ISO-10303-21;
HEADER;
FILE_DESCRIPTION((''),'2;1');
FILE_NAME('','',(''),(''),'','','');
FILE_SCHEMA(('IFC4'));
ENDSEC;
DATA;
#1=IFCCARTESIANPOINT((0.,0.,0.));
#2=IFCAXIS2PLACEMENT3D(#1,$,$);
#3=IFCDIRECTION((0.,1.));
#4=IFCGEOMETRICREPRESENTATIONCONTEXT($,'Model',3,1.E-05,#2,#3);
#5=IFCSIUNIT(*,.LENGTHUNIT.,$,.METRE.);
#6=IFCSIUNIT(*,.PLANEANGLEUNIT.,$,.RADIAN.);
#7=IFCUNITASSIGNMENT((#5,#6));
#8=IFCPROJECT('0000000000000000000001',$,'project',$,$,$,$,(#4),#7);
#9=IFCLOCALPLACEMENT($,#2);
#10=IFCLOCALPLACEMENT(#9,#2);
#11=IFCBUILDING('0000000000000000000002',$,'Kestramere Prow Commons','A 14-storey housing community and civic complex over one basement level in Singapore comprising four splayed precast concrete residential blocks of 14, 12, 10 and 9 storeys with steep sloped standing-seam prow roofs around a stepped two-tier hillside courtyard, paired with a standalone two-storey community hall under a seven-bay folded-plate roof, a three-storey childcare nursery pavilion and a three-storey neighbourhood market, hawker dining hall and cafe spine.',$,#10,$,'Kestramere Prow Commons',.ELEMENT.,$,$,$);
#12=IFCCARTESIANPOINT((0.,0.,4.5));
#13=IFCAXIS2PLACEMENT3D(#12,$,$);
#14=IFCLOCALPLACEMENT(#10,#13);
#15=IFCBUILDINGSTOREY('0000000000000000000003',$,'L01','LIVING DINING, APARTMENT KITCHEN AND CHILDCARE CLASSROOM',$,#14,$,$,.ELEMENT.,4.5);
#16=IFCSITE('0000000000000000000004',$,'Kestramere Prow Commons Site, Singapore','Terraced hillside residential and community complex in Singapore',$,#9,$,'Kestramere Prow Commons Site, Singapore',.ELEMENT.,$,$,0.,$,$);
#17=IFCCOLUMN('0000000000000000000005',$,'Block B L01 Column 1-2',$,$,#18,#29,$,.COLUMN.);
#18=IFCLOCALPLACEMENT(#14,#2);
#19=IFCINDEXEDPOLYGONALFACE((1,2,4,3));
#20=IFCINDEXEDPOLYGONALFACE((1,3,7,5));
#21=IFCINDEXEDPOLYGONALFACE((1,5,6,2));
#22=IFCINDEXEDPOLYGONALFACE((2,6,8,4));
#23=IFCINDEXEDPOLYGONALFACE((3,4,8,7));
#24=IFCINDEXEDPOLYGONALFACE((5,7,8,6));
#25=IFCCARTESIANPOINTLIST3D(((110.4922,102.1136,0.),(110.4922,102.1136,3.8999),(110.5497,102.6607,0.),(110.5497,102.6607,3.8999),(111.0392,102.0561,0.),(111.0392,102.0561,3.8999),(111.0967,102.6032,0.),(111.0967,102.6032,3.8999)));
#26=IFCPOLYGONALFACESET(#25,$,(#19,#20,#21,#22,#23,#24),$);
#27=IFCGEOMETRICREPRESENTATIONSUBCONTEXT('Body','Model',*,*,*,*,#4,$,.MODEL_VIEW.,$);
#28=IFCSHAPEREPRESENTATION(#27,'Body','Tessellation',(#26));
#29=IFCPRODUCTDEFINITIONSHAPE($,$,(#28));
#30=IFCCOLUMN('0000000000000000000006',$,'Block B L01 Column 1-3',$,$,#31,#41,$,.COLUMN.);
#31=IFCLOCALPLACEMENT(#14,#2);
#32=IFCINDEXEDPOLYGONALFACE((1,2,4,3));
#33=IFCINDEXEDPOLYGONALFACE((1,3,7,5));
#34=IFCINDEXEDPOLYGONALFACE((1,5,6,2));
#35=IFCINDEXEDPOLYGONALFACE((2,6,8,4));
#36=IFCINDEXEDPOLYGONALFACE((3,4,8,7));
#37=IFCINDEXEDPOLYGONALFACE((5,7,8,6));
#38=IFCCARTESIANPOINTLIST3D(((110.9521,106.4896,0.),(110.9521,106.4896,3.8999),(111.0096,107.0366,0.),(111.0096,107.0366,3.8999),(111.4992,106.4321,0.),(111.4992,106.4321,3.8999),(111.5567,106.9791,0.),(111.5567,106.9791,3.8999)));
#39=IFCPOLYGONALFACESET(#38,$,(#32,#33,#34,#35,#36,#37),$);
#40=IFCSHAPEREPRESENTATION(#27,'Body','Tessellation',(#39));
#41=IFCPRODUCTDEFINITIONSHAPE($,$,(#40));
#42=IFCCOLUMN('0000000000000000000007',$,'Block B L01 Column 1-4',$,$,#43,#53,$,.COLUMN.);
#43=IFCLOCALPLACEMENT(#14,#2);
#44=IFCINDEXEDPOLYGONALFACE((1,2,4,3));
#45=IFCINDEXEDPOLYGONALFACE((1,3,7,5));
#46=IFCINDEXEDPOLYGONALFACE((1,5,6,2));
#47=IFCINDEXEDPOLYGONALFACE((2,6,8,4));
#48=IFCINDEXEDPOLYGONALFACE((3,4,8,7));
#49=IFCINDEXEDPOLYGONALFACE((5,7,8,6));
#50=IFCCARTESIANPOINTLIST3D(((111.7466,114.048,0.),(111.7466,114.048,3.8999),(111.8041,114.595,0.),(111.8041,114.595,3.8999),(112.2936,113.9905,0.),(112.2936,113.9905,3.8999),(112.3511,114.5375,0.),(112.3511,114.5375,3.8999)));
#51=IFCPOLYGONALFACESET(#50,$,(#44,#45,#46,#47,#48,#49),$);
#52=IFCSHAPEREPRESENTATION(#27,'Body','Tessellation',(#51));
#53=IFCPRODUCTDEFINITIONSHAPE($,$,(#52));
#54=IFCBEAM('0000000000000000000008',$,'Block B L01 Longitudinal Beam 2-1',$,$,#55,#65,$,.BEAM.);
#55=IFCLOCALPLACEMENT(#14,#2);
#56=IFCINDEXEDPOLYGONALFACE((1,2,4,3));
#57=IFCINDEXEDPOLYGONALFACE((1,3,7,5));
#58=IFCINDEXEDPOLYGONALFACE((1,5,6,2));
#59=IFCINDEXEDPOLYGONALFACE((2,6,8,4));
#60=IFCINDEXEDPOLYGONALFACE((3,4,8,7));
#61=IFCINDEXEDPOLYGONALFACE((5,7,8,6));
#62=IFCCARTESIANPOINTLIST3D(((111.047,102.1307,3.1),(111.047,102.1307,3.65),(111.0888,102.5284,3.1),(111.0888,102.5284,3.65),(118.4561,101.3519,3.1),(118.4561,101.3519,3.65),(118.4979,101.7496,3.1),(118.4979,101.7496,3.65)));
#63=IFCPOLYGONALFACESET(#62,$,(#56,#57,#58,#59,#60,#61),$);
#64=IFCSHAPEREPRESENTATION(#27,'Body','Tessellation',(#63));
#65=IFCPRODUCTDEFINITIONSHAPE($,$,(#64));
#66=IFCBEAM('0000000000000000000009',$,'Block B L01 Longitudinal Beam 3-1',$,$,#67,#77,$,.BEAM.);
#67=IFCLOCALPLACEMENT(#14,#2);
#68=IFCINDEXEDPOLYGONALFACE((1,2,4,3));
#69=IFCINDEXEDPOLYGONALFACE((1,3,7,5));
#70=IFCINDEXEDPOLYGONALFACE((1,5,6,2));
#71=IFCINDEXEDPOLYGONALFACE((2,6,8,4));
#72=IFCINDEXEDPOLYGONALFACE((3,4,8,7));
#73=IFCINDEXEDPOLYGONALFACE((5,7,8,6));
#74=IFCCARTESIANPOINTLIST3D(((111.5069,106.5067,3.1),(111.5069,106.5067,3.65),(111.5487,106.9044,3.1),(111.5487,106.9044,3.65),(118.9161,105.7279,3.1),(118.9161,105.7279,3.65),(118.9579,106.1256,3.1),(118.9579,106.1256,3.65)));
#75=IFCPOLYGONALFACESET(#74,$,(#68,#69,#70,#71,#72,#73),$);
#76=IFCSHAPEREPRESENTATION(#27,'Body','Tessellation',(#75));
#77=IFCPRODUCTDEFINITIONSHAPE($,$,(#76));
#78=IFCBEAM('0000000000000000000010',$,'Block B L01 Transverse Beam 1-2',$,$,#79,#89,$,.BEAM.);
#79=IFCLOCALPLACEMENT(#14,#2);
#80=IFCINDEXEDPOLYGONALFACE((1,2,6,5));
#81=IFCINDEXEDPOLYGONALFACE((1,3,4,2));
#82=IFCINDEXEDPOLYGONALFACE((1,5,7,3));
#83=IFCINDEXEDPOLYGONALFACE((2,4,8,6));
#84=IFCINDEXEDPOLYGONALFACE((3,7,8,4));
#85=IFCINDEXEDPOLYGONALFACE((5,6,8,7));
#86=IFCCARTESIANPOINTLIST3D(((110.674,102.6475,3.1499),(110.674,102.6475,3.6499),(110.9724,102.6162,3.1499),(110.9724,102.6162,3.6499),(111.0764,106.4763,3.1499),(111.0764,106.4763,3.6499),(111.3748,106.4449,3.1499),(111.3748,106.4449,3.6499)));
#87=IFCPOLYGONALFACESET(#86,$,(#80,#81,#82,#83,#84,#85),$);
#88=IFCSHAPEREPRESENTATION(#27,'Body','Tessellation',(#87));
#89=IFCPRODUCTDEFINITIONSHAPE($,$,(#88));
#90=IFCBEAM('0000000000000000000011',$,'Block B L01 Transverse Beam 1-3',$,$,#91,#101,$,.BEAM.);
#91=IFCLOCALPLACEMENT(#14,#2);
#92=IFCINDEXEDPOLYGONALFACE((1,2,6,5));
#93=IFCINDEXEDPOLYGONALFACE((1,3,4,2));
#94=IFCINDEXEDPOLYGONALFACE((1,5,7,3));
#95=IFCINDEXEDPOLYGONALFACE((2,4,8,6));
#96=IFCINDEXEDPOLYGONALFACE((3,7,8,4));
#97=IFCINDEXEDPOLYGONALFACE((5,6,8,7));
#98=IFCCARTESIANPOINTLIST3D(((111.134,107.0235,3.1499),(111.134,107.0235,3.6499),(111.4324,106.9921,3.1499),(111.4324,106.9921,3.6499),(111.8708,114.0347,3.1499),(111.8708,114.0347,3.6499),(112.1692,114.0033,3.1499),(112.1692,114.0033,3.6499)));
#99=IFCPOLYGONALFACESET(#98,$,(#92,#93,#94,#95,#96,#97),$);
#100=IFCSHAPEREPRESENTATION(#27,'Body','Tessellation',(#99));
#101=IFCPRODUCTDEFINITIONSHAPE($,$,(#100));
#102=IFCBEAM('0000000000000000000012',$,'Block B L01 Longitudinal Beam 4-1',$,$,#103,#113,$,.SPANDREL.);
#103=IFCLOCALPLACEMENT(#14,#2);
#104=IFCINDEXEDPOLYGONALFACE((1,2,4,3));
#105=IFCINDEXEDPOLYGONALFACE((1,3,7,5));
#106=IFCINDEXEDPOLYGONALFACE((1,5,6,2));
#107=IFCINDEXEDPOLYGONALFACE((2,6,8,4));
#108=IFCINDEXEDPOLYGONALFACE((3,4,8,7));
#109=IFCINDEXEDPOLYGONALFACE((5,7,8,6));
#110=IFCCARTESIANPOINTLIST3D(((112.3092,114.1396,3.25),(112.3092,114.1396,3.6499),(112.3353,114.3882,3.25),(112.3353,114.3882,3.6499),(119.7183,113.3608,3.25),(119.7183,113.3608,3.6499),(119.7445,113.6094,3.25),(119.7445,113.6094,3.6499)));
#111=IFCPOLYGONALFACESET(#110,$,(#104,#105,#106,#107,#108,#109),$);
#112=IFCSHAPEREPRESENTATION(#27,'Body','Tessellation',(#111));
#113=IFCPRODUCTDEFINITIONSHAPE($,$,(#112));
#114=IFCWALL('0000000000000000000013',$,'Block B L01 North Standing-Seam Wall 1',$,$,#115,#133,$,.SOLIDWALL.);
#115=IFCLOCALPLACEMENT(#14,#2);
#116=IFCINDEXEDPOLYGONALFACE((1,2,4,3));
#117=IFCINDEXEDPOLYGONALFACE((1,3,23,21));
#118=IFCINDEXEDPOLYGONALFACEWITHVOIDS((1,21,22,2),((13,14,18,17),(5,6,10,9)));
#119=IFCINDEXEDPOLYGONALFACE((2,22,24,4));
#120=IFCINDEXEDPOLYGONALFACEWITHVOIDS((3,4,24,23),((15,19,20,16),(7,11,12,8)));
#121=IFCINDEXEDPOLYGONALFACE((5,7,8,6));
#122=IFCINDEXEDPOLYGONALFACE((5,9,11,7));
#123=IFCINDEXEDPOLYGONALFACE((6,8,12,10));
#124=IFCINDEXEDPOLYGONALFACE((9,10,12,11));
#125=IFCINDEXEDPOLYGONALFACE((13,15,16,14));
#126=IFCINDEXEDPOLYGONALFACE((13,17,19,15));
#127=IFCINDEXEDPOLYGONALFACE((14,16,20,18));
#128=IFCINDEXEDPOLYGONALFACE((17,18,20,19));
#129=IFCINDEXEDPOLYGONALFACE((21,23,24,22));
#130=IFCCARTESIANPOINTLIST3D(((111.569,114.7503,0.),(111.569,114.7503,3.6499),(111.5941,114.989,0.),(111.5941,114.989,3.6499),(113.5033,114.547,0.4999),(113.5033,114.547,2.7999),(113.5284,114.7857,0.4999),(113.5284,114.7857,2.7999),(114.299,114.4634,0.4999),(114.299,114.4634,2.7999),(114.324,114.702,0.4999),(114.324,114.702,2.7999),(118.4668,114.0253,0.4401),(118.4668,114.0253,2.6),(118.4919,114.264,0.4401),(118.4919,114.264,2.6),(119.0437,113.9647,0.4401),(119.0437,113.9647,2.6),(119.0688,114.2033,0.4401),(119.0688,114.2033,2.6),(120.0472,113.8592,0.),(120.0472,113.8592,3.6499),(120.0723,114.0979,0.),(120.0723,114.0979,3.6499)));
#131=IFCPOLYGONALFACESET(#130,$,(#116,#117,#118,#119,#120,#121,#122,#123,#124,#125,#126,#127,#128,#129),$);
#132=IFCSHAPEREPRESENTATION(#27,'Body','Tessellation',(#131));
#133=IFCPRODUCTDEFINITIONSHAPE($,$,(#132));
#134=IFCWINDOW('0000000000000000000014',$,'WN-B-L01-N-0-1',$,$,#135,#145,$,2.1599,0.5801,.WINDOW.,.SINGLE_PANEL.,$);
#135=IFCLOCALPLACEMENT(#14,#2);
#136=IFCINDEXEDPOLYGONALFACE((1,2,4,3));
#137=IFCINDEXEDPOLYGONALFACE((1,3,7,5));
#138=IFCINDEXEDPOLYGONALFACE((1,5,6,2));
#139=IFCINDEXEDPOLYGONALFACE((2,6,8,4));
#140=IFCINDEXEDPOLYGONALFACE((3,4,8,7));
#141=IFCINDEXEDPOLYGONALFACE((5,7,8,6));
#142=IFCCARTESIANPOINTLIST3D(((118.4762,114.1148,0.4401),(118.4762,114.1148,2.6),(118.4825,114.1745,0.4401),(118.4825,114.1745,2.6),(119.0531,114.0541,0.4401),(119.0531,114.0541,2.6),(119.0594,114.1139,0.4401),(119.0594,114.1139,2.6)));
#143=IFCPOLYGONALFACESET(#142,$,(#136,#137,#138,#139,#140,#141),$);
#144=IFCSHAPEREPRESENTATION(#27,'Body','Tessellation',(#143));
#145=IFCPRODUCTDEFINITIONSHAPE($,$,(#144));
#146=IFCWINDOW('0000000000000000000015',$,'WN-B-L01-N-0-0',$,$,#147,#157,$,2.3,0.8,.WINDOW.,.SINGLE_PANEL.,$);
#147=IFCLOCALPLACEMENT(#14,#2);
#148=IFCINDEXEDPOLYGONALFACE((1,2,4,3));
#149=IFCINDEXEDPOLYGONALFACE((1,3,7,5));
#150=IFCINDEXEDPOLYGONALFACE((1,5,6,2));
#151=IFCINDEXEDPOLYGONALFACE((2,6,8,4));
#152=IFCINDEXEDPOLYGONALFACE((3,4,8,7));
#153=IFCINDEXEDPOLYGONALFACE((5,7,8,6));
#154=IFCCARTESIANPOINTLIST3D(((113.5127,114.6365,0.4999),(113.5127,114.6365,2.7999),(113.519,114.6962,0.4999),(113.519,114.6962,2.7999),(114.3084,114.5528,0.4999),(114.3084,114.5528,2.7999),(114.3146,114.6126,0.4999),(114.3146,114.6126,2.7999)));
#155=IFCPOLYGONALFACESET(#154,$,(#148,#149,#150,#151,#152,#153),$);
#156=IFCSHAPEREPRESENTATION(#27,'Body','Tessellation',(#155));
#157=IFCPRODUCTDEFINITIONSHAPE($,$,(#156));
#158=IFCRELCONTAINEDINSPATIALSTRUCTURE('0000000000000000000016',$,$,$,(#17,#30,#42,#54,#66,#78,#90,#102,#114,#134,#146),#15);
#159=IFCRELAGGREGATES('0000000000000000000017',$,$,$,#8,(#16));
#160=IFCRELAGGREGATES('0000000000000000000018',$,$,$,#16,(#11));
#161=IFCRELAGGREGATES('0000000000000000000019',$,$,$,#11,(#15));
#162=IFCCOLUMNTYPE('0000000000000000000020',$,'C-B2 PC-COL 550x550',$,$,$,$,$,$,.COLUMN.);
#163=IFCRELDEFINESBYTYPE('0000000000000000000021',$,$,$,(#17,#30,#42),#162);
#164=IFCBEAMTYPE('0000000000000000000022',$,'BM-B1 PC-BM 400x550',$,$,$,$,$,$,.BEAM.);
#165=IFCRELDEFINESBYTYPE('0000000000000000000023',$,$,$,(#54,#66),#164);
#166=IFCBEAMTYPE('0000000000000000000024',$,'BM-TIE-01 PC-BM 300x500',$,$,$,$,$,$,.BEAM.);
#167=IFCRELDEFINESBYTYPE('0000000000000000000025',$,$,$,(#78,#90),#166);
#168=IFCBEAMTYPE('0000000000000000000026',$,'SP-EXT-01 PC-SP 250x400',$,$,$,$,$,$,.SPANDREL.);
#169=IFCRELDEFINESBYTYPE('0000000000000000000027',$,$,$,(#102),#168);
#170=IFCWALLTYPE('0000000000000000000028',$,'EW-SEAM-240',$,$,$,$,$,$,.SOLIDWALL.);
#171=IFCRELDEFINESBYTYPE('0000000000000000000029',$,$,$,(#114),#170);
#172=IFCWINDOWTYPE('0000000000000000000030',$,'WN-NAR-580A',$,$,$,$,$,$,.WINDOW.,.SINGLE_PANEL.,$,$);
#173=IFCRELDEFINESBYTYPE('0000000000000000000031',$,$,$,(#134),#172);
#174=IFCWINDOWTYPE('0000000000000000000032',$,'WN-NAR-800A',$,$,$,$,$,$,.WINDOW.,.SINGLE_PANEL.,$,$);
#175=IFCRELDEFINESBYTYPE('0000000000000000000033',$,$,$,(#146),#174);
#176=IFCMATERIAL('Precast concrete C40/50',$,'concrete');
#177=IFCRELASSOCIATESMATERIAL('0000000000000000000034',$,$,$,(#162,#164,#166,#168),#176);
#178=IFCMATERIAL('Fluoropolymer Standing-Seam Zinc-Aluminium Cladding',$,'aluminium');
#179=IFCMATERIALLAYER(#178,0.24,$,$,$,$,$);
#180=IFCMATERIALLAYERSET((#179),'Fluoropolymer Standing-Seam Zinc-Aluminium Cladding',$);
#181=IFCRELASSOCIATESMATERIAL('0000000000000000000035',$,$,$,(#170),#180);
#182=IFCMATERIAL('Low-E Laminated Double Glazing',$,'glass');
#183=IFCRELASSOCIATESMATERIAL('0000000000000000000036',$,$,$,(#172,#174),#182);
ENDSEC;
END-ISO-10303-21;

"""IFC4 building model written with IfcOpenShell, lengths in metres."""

from ifc_helpers import new_model, si_unit, direction, frame, frame_2d, origin, origin_2d, place, context, subcontext, project, spatial, rectangle, extrude, material, layer, layer_set, material_profile, profile_set, type_object, element, fill, save


model = new_model("IFC4")

# Units and contexts
model_context = context("Model", 3, precision=1e-05, world=origin(), true_north=direction((0.0, 1.0)))
body_context = subcontext(model_context, "Body", "Model", "MODEL_VIEW")
ifc_project = project(units=[si_unit("LENGTHUNIT", "METRE"), si_unit("PLANEANGLEUNIT", "RADIAN")], contexts=[model_context])

# Site, building, storey
site_placement = place(None, origin())
site = spatial("IfcSite", under=ifc_project, at=site_placement, Name="Kestramere Prow Commons Site, Singapore", Description="Terraced hillside residential and community complex in Singapore", LongName="Kestramere Prow Commons Site, Singapore", CompositionType="ELEMENT", RefElevation=0.0)
building_placement = place(site_placement, origin())
building = spatial("IfcBuilding", under=site, at=building_placement, Name="Kestramere Prow Commons", Description="A 14-storey housing community and civic complex over one basement level in Singapore comprising four splayed precast concrete residential blocks of 14, 12, 10 and 9 storeys with steep sloped standing-seam prow roofs around a stepped two-tier hillside courtyard, paired with a standalone two-storey community hall under a seven-bay folded-plate roof, a three-storey childcare nursery pavilion and a three-storey neighbourhood market, hawker dining hall and cafe spine.", LongName="Kestramere Prow Commons", CompositionType="ELEMENT")
storey_placement = place(building_placement, frame((0.0, 0.0, 4.5)))
storey = spatial("IfcBuildingStorey", under=building, at=storey_placement, Name="L01", Description="LIVING DINING, APARTMENT KITCHEN AND CHILDCARE CLASSROOM", CompositionType="ELEMENT", Elevation=4.5)

# Columns
ifc_material_1 = material(Name="Precast concrete C40/50", Category="concrete")
ifc_material_profile_1 = material_profile(ifc_material_1, rectangle(XDim=0.55, YDim=0.55, at=origin_2d()), Name="PC-COL 550x550")
ifc_profile_set_1 = profile_set([ifc_material_profile_1], Name="Precast concrete C40/50")
column_type = type_object("IfcColumnType", Name="C-B2 PC-COL 550x550", PredefinedType="COLUMN", material=ifc_profile_set_1)
for number, where, z_axis, x_axis, name in (
    (1, (110.7944, 102.3584, 0.0), (0.0, 0.0, 1.0), (0.994522, -0.104528, 0.0), "Block B L01 Column 1-2"),
    (2, (111.2544, 106.7344, 0.0), (0.0, 0.0, 1.0), (0.994522, -0.104528, 0.0), "Block B L01 Column 1-3"),
    (3, (112.0488, 114.2927, 0.0), (0.0, 0.0, 1.0), (0.994522, -0.104528, 0.0), "Block B L01 Column 1-4"),
):
    element("IfcColumn", number, at=place(storey_placement, frame(where, z_axis=z_axis, x_axis=x_axis)), inside=storey, type_object=column_type, Name=name, PredefinedType="COLUMN", context=body_context, shape_type="SweptSolid", body=[
        extrude(rectangle(XDim=0.55, YDim=0.55, at=origin_2d()), origin(), (0.0, 0.0, 1.0), 3.8999),
    ])

# Beams
ifc_material_profile_2 = material_profile(ifc_material_1, rectangle(XDim=0.3999, YDim=0.55, at=origin_2d()), Name="PC-BM 400x550")
ifc_profile_set_2 = profile_set([ifc_material_profile_2], Name="Precast concrete C40/50")
beam_type_1 = type_object("IfcBeamType", Name="BM-B1 PC-BM 400x550", PredefinedType="BEAM", material=ifc_profile_set_2)
for number, where, z_axis, x_axis, name in (
    (4, (111.0679, 102.3296, 3.375), (0.994521, -0.104538, 0.0), (0.104538, 0.994521, 0.0), "Block B L01 Longitudinal Beam 2-1"),
    (5, (111.5278, 106.7056, 3.375), (0.994521, -0.104538, 0.0), (0.104538, 0.994521, 0.0), "Block B L01 Longitudinal Beam 3-1"),
):
    element("IfcBeam", number, at=place(storey_placement, frame(where, z_axis=z_axis, x_axis=x_axis)), inside=storey, type_object=beam_type_1, Name=name, PredefinedType="BEAM", context=body_context, shape_type="SweptSolid", body=[
        extrude(rectangle(XDim=0.3999, YDim=0.55, at=origin_2d()), origin(), (0.0, 0.0, 1.0), 7.45),
    ])
ifc_material_profile_3 = material_profile(ifc_material_1, rectangle(XDim=0.3, YDim=0.5, at=origin_2d()), Name="PC-BM 300x500")
ifc_profile_set_3 = profile_set([ifc_material_profile_3], Name="Precast concrete C40/50")
beam_type_2 = type_object("IfcBeamType", Name="BM-TIE-01 PC-BM 300x500", PredefinedType="BEAM", material=ifc_profile_set_3)
beam_1_placement = place(storey_placement, frame((110.8232, 102.6318, 3.3999), z_axis=(0.104507, 0.994524, 0.0), x_axis=(-0.994524, 0.104507, 0.0)))
element("IfcBeam", 6, at=beam_1_placement, inside=storey, type_object=beam_type_2, Name="Block B L01 Transverse Beam 1-2", PredefinedType="BEAM", context=body_context, shape_type="SweptSolid", body=[
    extrude(rectangle(XDim=0.3, YDim=0.5, at=origin_2d()), origin(), (0.0, 0.0, 1.0), 3.8499),
])
beam_2_placement = place(storey_placement, frame((111.2832, 107.0078, 3.3999), z_axis=(0.104515, 0.994523, 0.0), x_axis=(-0.994523, 0.104515, 0.0)))
element("IfcBeam", 7, at=beam_2_placement, inside=storey, type_object=beam_type_2, Name="Block B L01 Transverse Beam 1-3", PredefinedType="BEAM", context=body_context, shape_type="SweptSolid", body=[
    extrude(rectangle(XDim=0.3, YDim=0.5, at=origin_2d()), origin(), (0.0, 0.0, 1.0), 7.0498),
])
ifc_material_profile_4 = material_profile(ifc_material_1, rectangle(XDim=0.25, YDim=0.3999, at=origin_2d()), Name="PC-SP 250x400")
ifc_profile_set_4 = profile_set([ifc_material_profile_4], Name="Precast concrete C40/50")
beam_type_3 = type_object("IfcBeamType", Name="SP-EXT-01 PC-SP 250x400", PredefinedType="SPANDREL", material=ifc_profile_set_4)
beam_3_placement = place(storey_placement, frame((112.3223, 114.2639, 3.45), z_axis=(0.994521, -0.104538, 0.0), x_axis=(0.104538, 0.994521, 0.0)))
element("IfcBeam", 8, at=beam_3_placement, inside=storey, type_object=beam_type_3, Name="Block B L01 Longitudinal Beam 4-1", PredefinedType="SPANDREL", context=body_context, shape_type="SweptSolid", body=[
    extrude(rectangle(XDim=0.25, YDim=0.3999, at=origin_2d()), origin(), (0.0, 0.0, 1.0), 7.45),
])

# Wall, openings, windows
ifc_material_2 = material(Name="Fluoropolymer Standing-Seam Zinc-Aluminium Cladding", Category="aluminium")
ifc_layer_1 = layer(ifc_material_2, 0.24)
ifc_layer_set_1 = layer_set([ifc_layer_1], Name="Fluoropolymer Standing-Seam Zinc-Aluminium Cladding")
wall_type_1 = type_object("IfcWallType", Name="EW-SEAM-240", PredefinedType="SOLIDWALL", material=ifc_layer_set_1)
wall_1_placement = place(storey_placement, frame((111.5815, 114.8696, 0.0), z_axis=(0.0, 0.0, 1.0), x_axis=(0.994522, -0.10453, 0.0)))
wall_1 = element("IfcWall", 9, at=wall_1_placement, inside=storey, type_object=wall_type_1, Name="Block B L01 North Standing-Seam Wall 1", PredefinedType="SOLIDWALL", context=body_context, shape_type="SweptSolid", body=[
    extrude(rectangle(XDim=8.5249, YDim=0.24, at=frame_2d((4.2625, 0.0))), origin(), (0.0, 0.0, 1.0), 3.6499),
])
opening_1_placement = place(wall_1_placement, frame((1.9451, 0.0, 0.5)))
opening_1 = element("IfcOpeningElement", 10, at=opening_1_placement, cuts=wall_1, PredefinedType="OPENING", context=body_context, shape_type="SweptSolid", body=[
    extrude(rectangle(XDim=0.8, YDim=2.3, at=frame_2d((0.3999, 1.1499))), frame((0.0, 0.135, 0.0), z_axis=(0.0, -1.0, 0.0), x_axis=(1.0, 0.0, 0.0)), (0.0, 0.0, 1.0), 0.27),
])
opening_2_placement = place(wall_1_placement, frame((6.9358, 0.0, 0.4399)))
opening_2 = element("IfcOpeningElement", 11, at=opening_2_placement, cuts=wall_1, PredefinedType="OPENING", context=body_context, shape_type="SweptSolid", body=[
    extrude(rectangle(XDim=0.5801, YDim=2.1599, at=frame_2d((0.29, 1.0801))), frame((0.0, 0.135, 0.0), z_axis=(0.0, -1.0, 0.0), x_axis=(1.0, 0.0, 0.0)), (0.0, 0.0, 1.0), 0.27),
])
ifc_material_3 = material(Name="Low-E Laminated Double Glazing", Category="glass")
window_type_1 = type_object("IfcWindowType", Name="WN-NAR-580A", PartitioningType="SINGLE_PANEL", PredefinedType="WINDOW", material=ifc_material_3)
window_1_placement = place(opening_2_placement, origin())
window_1 = element("IfcWindow", 12, at=window_1_placement, inside=storey, type_object=window_type_1, Name="WN-B-L01-N-0-1", OverallHeight=2.1599, OverallWidth=0.5801, PartitioningType="SINGLE_PANEL", PredefinedType="WINDOW", context=body_context, shape_type="SweptSolid", body=[
    extrude(rectangle(XDim=0.5801, YDim=2.1599, at=frame_2d((0.29, 1.0801))), frame((0.0, 0.03, 0.0), z_axis=(0.0, -1.0, 0.0), x_axis=(1.0, 0.0, 0.0)), (0.0, 0.0, 1.0), 0.0601),
])
fill(opening_2, window_1)
window_type_2 = type_object("IfcWindowType", Name="WN-NAR-800A", PartitioningType="SINGLE_PANEL", PredefinedType="WINDOW", material=ifc_material_3)
window_2_placement = place(opening_1_placement, origin())
window_2 = element("IfcWindow", 13, at=window_2_placement, inside=storey, type_object=window_type_2, Name="WN-B-L01-N-0-0", OverallHeight=2.3, OverallWidth=0.8, PartitioningType="SINGLE_PANEL", PredefinedType="WINDOW", context=body_context, shape_type="SweptSolid", body=[
    extrude(rectangle(XDim=0.8, YDim=2.3, at=frame_2d((0.3999, 1.1499))), frame((0.0, 0.03, 0.0), z_axis=(0.0, -1.0, 0.0), x_axis=(1.0, 0.0, 0.0)), (0.0, 0.0, 1.0), 0.0601),
])
fill(opening_1, window_2)

save(model, "model.ifc")
